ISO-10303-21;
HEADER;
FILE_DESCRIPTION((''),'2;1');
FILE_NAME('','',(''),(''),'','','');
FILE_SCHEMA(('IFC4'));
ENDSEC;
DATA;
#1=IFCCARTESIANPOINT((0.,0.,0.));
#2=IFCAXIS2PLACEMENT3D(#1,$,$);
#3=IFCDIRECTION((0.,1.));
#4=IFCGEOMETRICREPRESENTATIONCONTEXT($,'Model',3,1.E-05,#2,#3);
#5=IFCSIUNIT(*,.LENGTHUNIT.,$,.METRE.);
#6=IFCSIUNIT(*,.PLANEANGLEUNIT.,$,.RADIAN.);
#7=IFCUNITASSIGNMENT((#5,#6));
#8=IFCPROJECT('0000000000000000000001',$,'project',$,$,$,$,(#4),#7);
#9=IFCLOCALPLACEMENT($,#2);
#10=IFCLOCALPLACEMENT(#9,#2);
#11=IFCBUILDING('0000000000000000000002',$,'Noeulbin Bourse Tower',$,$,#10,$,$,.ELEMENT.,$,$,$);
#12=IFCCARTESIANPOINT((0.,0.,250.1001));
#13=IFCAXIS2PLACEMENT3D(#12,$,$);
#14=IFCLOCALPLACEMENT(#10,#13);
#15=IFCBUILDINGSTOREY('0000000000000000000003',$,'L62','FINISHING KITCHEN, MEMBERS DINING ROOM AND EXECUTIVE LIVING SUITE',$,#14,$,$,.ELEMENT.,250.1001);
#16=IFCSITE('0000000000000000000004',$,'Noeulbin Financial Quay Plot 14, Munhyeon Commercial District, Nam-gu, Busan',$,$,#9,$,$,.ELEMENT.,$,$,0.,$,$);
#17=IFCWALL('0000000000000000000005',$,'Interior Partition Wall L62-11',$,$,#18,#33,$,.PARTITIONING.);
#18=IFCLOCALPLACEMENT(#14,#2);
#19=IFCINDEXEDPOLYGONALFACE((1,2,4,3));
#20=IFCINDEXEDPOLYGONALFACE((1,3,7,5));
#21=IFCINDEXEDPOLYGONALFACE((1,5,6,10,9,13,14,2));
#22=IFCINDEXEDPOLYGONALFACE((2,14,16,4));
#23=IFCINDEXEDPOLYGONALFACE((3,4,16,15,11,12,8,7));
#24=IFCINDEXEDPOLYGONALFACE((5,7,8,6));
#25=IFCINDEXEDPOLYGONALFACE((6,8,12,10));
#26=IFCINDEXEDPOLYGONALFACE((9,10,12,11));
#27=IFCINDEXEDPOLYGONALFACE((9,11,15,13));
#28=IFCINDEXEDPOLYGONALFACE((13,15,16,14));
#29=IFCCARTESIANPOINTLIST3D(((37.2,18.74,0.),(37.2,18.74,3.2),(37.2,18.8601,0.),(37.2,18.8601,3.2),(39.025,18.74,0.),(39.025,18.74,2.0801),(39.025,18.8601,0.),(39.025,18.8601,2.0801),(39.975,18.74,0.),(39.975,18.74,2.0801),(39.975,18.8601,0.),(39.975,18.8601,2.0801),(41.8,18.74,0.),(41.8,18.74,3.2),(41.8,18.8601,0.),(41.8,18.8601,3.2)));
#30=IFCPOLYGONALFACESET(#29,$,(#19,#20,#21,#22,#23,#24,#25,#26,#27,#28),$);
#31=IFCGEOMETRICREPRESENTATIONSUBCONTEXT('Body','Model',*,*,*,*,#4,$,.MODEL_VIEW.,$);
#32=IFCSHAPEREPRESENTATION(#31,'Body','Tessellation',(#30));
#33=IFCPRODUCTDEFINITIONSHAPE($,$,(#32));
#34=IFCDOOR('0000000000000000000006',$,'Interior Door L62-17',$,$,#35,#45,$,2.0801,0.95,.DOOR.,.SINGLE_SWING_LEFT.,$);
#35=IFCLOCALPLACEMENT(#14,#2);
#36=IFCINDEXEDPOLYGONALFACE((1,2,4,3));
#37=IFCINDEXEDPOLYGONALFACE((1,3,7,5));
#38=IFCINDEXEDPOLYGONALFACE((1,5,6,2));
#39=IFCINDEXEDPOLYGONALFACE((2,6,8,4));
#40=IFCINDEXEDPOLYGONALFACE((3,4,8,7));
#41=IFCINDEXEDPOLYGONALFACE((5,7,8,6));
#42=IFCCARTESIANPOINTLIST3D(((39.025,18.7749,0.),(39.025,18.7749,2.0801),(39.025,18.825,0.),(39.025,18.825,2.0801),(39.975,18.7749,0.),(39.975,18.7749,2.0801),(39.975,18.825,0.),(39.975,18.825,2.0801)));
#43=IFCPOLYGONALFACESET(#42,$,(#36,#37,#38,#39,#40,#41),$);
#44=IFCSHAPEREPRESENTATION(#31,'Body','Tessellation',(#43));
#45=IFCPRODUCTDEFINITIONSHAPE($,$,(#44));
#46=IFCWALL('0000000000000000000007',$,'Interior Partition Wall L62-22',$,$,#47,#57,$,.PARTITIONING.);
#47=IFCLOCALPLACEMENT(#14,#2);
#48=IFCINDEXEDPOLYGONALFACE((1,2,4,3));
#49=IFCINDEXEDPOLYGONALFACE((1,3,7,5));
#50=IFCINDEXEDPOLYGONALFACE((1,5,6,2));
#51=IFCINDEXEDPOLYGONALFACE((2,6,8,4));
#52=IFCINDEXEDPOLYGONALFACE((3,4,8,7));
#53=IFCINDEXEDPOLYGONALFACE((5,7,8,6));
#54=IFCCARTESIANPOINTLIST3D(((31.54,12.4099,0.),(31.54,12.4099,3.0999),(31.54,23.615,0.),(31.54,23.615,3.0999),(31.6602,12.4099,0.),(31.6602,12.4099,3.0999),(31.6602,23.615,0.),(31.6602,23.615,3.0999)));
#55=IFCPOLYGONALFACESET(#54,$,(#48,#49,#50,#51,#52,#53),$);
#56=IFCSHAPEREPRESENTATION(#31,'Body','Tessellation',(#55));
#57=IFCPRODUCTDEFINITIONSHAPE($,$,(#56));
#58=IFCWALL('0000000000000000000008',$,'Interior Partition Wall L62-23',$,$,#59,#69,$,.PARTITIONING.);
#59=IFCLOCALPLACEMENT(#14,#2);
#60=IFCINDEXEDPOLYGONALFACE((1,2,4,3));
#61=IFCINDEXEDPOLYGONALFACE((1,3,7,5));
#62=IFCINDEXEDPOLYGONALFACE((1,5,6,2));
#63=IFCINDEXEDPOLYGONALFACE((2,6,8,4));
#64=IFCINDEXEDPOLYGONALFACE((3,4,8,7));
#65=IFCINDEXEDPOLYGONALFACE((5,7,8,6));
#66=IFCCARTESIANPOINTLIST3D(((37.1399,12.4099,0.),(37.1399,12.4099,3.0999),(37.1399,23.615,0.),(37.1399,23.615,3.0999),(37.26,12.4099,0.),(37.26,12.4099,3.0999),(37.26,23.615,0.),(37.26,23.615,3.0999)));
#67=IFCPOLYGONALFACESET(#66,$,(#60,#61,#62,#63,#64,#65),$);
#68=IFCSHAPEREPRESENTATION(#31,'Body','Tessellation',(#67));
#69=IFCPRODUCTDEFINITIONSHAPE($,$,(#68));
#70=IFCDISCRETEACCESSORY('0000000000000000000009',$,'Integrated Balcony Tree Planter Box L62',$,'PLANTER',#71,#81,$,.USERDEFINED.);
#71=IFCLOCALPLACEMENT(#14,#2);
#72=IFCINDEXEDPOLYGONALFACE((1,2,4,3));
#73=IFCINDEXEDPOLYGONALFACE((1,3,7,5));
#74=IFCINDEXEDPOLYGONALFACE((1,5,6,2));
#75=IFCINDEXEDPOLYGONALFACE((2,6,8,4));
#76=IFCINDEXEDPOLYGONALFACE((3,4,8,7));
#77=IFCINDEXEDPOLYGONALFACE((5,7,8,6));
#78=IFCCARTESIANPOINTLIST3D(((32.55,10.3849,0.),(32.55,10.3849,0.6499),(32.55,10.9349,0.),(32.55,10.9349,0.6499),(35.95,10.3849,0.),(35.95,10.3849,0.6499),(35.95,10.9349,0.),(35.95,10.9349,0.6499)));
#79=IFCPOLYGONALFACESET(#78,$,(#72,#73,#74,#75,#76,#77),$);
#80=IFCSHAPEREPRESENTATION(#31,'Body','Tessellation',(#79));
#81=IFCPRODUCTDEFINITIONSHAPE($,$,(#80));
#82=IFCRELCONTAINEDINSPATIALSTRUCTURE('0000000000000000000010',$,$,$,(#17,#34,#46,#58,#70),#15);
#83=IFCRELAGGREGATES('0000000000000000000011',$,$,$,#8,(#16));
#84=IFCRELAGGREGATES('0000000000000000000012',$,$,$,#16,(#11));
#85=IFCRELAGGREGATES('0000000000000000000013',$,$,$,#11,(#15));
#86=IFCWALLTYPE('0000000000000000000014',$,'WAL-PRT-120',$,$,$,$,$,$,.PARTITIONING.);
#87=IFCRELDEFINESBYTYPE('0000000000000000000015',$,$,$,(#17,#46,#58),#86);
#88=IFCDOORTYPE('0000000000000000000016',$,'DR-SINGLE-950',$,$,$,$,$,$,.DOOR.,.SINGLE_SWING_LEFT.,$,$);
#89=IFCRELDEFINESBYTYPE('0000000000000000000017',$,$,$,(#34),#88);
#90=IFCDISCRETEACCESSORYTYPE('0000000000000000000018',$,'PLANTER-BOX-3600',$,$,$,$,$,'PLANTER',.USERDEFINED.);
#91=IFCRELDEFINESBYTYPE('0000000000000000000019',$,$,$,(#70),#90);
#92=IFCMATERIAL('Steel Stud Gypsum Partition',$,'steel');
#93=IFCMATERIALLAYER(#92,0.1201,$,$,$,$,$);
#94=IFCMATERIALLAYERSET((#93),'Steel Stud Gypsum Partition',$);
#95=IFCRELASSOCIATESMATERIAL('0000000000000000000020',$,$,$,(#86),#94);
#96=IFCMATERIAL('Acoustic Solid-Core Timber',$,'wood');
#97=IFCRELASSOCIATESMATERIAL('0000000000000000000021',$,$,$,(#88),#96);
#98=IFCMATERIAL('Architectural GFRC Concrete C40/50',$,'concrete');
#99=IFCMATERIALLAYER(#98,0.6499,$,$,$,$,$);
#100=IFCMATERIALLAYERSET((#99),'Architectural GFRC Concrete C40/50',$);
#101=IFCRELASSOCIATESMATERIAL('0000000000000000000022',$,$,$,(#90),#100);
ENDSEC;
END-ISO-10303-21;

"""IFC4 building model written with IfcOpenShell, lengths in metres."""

from ifc_helpers import new_model, si_unit, direction, frame, frame_2d, origin, origin_2d, place, context, subcontext, project, spatial, rectangle, extrude, material, layer, layer_set, type_object, element, fill, save


model = new_model("IFC4")

# Units and contexts
model_context = context("Model", 3, precision=1e-05, world=origin(), true_north=direction((0.0, 1.0)))
body_context = subcontext(model_context, "Body", "Model", "MODEL_VIEW")
ifc_project = project(units=[si_unit("LENGTHUNIT", "METRE"), si_unit("PLANEANGLEUNIT", "RADIAN")], contexts=[model_context])

# Site, building, storey
site_placement = place(None, origin())
site = spatial("IfcSite", under=ifc_project, at=site_placement, Name="Noeulbin Financial Quay Plot 14, Munhyeon Commercial District, Nam-gu, Busan", CompositionType="ELEMENT", RefElevation=0.0)
building_placement = place(site_placement, origin())
building = spatial("IfcBuilding", under=site, at=building_placement, Name="Noeulbin Bourse Tower", CompositionType="ELEMENT")
storey_placement = place(building_placement, frame((0.0, 0.0, 250.1001)))
storey = spatial("IfcBuildingStorey", under=building, at=storey_placement, Name="L62", Description="FINISHING KITCHEN, MEMBERS DINING ROOM AND EXECUTIVE LIVING SUITE", CompositionType="ELEMENT", Elevation=250.1001)

# Wall, opening, door
ifc_material_1 = material(Name="Steel Stud Gypsum Partition", Category="steel")
ifc_layer_1 = layer(ifc_material_1, 0.1201)
ifc_layer_set_1 = layer_set([ifc_layer_1], Name="Steel Stud Gypsum Partition")
wall_type_1 = type_object("IfcWallType", Name="WAL-PRT-120", PredefinedType="PARTITIONING", material=ifc_layer_set_1)
ifc_material_2 = material(Name="Acoustic Solid-Core Timber", Category="wood")
door_type_1 = type_object("IfcDoorType", Name="DR-SINGLE-950", OperationType="SINGLE_SWING_LEFT", PredefinedType="DOOR", material=ifc_material_2)
wall_1_placement = place(storey_placement, frame((37.2, 18.8, 0.0), z_axis=(0.0, 0.0, 1.0), x_axis=(1.0, 0.0, 0.0)))
wall_1 = element("IfcWall", 1, at=wall_1_placement, inside=storey, type_object=wall_type_1, Name="Interior Partition Wall L62-11", PredefinedType="PARTITIONING", context=body_context, shape_type="SweptSolid", body=[
    extrude(rectangle(XDim=4.6001, YDim=0.1201, at=frame_2d((2.3, 0.0))), origin(), (0.0, 0.0, 1.0), 3.2),
])
opening_1_placement = place(wall_1_placement, frame((1.825, 0.0, 0.0)))
opening_1 = element("IfcOpeningElement", 2, at=opening_1_placement, cuts=wall_1, PredefinedType="OPENING", context=body_context, shape_type="SweptSolid", body=[
    extrude(rectangle(XDim=0.95, YDim=2.0801, at=frame_2d((0.4751, 1.04))), frame((0.0, 0.0701, 0.0), z_axis=(0.0, -1.0, 0.0), x_axis=(1.0, 0.0, 0.0)), (0.0, 0.0, 1.0), 0.1401),
])
door_1_placement = place(opening_1_placement, origin())
door_1 = element("IfcDoor", 3, at=door_1_placement, inside=storey, type_object=door_type_1, Name="Interior Door L62-17", OperationType="SINGLE_SWING_LEFT", OverallHeight=2.0801, OverallWidth=0.95, PredefinedType="DOOR", context=body_context, shape_type="SweptSolid", body=[
    extrude(rectangle(XDim=0.95, YDim=2.0801, at=frame_2d((0.4751, 1.04))), frame((0.0, 0.0249, 0.0), z_axis=(0.0, -1.0, 0.0), x_axis=(1.0, 0.0, 0.0)), (0.0, 0.0, 1.0), 0.05),
])
fill(opening_1, door_1)

# Walls
for number, where, z_axis, x_axis, name in (
    (4, (31.6001, 12.4099, 0.0), (0.0, 0.0, 1.0), (0.0, 1.0, 0.0), "Interior Partition Wall L62-22"),
    (5, (37.2, 12.4099, 0.0), (0.0, 0.0, 1.0), (0.0, 1.0, 0.0), "Interior Partition Wall L62-23"),
):
    element("IfcWall", number, at=place(storey_placement, frame(where, z_axis=z_axis, x_axis=x_axis)), inside=storey, type_object=wall_type_1, Name=name, PredefinedType="PARTITIONING", context=body_context, shape_type="SweptSolid", body=[
        extrude(rectangle(XDim=11.2051, YDim=0.1201, at=frame_2d((5.6025, 0.0))), origin(), (0.0, 0.0, 1.0), 3.0999),
    ])

# Discrete accessory
ifc_material_3 = material(Name="Architectural GFRC Concrete C40/50", Category="concrete")
ifc_layer_2 = layer(ifc_material_3, 0.6499)
ifc_layer_set_2 = layer_set([ifc_layer_2], Name="Architectural GFRC Concrete C40/50")
discrete_accessory_type = type_object("IfcDiscreteAccessoryType", Name="PLANTER-BOX-3600", ElementType="PLANTER", PredefinedType="USERDEFINED", material=ifc_layer_set_2)
discrete_accessory_placement = place(storey_placement, frame((34.25, 10.6599, 0.0), z_axis=(0.0, 0.0, 1.0), x_axis=(1.0, 0.0, 0.0)))
element("IfcDiscreteAccessory", 6, at=discrete_accessory_placement, inside=storey, type_object=discrete_accessory_type, Name="Integrated Balcony Tree Planter Box L62", ObjectType="PLANTER", PredefinedType="USERDEFINED", context=body_context, shape_type="SweptSolid", body=[
    extrude(rectangle(XDim=3.3999, YDim=0.55, at=origin_2d()), origin(), (0.0, 0.0, 1.0), 0.6499),
])

save(model, "model.ifc")
